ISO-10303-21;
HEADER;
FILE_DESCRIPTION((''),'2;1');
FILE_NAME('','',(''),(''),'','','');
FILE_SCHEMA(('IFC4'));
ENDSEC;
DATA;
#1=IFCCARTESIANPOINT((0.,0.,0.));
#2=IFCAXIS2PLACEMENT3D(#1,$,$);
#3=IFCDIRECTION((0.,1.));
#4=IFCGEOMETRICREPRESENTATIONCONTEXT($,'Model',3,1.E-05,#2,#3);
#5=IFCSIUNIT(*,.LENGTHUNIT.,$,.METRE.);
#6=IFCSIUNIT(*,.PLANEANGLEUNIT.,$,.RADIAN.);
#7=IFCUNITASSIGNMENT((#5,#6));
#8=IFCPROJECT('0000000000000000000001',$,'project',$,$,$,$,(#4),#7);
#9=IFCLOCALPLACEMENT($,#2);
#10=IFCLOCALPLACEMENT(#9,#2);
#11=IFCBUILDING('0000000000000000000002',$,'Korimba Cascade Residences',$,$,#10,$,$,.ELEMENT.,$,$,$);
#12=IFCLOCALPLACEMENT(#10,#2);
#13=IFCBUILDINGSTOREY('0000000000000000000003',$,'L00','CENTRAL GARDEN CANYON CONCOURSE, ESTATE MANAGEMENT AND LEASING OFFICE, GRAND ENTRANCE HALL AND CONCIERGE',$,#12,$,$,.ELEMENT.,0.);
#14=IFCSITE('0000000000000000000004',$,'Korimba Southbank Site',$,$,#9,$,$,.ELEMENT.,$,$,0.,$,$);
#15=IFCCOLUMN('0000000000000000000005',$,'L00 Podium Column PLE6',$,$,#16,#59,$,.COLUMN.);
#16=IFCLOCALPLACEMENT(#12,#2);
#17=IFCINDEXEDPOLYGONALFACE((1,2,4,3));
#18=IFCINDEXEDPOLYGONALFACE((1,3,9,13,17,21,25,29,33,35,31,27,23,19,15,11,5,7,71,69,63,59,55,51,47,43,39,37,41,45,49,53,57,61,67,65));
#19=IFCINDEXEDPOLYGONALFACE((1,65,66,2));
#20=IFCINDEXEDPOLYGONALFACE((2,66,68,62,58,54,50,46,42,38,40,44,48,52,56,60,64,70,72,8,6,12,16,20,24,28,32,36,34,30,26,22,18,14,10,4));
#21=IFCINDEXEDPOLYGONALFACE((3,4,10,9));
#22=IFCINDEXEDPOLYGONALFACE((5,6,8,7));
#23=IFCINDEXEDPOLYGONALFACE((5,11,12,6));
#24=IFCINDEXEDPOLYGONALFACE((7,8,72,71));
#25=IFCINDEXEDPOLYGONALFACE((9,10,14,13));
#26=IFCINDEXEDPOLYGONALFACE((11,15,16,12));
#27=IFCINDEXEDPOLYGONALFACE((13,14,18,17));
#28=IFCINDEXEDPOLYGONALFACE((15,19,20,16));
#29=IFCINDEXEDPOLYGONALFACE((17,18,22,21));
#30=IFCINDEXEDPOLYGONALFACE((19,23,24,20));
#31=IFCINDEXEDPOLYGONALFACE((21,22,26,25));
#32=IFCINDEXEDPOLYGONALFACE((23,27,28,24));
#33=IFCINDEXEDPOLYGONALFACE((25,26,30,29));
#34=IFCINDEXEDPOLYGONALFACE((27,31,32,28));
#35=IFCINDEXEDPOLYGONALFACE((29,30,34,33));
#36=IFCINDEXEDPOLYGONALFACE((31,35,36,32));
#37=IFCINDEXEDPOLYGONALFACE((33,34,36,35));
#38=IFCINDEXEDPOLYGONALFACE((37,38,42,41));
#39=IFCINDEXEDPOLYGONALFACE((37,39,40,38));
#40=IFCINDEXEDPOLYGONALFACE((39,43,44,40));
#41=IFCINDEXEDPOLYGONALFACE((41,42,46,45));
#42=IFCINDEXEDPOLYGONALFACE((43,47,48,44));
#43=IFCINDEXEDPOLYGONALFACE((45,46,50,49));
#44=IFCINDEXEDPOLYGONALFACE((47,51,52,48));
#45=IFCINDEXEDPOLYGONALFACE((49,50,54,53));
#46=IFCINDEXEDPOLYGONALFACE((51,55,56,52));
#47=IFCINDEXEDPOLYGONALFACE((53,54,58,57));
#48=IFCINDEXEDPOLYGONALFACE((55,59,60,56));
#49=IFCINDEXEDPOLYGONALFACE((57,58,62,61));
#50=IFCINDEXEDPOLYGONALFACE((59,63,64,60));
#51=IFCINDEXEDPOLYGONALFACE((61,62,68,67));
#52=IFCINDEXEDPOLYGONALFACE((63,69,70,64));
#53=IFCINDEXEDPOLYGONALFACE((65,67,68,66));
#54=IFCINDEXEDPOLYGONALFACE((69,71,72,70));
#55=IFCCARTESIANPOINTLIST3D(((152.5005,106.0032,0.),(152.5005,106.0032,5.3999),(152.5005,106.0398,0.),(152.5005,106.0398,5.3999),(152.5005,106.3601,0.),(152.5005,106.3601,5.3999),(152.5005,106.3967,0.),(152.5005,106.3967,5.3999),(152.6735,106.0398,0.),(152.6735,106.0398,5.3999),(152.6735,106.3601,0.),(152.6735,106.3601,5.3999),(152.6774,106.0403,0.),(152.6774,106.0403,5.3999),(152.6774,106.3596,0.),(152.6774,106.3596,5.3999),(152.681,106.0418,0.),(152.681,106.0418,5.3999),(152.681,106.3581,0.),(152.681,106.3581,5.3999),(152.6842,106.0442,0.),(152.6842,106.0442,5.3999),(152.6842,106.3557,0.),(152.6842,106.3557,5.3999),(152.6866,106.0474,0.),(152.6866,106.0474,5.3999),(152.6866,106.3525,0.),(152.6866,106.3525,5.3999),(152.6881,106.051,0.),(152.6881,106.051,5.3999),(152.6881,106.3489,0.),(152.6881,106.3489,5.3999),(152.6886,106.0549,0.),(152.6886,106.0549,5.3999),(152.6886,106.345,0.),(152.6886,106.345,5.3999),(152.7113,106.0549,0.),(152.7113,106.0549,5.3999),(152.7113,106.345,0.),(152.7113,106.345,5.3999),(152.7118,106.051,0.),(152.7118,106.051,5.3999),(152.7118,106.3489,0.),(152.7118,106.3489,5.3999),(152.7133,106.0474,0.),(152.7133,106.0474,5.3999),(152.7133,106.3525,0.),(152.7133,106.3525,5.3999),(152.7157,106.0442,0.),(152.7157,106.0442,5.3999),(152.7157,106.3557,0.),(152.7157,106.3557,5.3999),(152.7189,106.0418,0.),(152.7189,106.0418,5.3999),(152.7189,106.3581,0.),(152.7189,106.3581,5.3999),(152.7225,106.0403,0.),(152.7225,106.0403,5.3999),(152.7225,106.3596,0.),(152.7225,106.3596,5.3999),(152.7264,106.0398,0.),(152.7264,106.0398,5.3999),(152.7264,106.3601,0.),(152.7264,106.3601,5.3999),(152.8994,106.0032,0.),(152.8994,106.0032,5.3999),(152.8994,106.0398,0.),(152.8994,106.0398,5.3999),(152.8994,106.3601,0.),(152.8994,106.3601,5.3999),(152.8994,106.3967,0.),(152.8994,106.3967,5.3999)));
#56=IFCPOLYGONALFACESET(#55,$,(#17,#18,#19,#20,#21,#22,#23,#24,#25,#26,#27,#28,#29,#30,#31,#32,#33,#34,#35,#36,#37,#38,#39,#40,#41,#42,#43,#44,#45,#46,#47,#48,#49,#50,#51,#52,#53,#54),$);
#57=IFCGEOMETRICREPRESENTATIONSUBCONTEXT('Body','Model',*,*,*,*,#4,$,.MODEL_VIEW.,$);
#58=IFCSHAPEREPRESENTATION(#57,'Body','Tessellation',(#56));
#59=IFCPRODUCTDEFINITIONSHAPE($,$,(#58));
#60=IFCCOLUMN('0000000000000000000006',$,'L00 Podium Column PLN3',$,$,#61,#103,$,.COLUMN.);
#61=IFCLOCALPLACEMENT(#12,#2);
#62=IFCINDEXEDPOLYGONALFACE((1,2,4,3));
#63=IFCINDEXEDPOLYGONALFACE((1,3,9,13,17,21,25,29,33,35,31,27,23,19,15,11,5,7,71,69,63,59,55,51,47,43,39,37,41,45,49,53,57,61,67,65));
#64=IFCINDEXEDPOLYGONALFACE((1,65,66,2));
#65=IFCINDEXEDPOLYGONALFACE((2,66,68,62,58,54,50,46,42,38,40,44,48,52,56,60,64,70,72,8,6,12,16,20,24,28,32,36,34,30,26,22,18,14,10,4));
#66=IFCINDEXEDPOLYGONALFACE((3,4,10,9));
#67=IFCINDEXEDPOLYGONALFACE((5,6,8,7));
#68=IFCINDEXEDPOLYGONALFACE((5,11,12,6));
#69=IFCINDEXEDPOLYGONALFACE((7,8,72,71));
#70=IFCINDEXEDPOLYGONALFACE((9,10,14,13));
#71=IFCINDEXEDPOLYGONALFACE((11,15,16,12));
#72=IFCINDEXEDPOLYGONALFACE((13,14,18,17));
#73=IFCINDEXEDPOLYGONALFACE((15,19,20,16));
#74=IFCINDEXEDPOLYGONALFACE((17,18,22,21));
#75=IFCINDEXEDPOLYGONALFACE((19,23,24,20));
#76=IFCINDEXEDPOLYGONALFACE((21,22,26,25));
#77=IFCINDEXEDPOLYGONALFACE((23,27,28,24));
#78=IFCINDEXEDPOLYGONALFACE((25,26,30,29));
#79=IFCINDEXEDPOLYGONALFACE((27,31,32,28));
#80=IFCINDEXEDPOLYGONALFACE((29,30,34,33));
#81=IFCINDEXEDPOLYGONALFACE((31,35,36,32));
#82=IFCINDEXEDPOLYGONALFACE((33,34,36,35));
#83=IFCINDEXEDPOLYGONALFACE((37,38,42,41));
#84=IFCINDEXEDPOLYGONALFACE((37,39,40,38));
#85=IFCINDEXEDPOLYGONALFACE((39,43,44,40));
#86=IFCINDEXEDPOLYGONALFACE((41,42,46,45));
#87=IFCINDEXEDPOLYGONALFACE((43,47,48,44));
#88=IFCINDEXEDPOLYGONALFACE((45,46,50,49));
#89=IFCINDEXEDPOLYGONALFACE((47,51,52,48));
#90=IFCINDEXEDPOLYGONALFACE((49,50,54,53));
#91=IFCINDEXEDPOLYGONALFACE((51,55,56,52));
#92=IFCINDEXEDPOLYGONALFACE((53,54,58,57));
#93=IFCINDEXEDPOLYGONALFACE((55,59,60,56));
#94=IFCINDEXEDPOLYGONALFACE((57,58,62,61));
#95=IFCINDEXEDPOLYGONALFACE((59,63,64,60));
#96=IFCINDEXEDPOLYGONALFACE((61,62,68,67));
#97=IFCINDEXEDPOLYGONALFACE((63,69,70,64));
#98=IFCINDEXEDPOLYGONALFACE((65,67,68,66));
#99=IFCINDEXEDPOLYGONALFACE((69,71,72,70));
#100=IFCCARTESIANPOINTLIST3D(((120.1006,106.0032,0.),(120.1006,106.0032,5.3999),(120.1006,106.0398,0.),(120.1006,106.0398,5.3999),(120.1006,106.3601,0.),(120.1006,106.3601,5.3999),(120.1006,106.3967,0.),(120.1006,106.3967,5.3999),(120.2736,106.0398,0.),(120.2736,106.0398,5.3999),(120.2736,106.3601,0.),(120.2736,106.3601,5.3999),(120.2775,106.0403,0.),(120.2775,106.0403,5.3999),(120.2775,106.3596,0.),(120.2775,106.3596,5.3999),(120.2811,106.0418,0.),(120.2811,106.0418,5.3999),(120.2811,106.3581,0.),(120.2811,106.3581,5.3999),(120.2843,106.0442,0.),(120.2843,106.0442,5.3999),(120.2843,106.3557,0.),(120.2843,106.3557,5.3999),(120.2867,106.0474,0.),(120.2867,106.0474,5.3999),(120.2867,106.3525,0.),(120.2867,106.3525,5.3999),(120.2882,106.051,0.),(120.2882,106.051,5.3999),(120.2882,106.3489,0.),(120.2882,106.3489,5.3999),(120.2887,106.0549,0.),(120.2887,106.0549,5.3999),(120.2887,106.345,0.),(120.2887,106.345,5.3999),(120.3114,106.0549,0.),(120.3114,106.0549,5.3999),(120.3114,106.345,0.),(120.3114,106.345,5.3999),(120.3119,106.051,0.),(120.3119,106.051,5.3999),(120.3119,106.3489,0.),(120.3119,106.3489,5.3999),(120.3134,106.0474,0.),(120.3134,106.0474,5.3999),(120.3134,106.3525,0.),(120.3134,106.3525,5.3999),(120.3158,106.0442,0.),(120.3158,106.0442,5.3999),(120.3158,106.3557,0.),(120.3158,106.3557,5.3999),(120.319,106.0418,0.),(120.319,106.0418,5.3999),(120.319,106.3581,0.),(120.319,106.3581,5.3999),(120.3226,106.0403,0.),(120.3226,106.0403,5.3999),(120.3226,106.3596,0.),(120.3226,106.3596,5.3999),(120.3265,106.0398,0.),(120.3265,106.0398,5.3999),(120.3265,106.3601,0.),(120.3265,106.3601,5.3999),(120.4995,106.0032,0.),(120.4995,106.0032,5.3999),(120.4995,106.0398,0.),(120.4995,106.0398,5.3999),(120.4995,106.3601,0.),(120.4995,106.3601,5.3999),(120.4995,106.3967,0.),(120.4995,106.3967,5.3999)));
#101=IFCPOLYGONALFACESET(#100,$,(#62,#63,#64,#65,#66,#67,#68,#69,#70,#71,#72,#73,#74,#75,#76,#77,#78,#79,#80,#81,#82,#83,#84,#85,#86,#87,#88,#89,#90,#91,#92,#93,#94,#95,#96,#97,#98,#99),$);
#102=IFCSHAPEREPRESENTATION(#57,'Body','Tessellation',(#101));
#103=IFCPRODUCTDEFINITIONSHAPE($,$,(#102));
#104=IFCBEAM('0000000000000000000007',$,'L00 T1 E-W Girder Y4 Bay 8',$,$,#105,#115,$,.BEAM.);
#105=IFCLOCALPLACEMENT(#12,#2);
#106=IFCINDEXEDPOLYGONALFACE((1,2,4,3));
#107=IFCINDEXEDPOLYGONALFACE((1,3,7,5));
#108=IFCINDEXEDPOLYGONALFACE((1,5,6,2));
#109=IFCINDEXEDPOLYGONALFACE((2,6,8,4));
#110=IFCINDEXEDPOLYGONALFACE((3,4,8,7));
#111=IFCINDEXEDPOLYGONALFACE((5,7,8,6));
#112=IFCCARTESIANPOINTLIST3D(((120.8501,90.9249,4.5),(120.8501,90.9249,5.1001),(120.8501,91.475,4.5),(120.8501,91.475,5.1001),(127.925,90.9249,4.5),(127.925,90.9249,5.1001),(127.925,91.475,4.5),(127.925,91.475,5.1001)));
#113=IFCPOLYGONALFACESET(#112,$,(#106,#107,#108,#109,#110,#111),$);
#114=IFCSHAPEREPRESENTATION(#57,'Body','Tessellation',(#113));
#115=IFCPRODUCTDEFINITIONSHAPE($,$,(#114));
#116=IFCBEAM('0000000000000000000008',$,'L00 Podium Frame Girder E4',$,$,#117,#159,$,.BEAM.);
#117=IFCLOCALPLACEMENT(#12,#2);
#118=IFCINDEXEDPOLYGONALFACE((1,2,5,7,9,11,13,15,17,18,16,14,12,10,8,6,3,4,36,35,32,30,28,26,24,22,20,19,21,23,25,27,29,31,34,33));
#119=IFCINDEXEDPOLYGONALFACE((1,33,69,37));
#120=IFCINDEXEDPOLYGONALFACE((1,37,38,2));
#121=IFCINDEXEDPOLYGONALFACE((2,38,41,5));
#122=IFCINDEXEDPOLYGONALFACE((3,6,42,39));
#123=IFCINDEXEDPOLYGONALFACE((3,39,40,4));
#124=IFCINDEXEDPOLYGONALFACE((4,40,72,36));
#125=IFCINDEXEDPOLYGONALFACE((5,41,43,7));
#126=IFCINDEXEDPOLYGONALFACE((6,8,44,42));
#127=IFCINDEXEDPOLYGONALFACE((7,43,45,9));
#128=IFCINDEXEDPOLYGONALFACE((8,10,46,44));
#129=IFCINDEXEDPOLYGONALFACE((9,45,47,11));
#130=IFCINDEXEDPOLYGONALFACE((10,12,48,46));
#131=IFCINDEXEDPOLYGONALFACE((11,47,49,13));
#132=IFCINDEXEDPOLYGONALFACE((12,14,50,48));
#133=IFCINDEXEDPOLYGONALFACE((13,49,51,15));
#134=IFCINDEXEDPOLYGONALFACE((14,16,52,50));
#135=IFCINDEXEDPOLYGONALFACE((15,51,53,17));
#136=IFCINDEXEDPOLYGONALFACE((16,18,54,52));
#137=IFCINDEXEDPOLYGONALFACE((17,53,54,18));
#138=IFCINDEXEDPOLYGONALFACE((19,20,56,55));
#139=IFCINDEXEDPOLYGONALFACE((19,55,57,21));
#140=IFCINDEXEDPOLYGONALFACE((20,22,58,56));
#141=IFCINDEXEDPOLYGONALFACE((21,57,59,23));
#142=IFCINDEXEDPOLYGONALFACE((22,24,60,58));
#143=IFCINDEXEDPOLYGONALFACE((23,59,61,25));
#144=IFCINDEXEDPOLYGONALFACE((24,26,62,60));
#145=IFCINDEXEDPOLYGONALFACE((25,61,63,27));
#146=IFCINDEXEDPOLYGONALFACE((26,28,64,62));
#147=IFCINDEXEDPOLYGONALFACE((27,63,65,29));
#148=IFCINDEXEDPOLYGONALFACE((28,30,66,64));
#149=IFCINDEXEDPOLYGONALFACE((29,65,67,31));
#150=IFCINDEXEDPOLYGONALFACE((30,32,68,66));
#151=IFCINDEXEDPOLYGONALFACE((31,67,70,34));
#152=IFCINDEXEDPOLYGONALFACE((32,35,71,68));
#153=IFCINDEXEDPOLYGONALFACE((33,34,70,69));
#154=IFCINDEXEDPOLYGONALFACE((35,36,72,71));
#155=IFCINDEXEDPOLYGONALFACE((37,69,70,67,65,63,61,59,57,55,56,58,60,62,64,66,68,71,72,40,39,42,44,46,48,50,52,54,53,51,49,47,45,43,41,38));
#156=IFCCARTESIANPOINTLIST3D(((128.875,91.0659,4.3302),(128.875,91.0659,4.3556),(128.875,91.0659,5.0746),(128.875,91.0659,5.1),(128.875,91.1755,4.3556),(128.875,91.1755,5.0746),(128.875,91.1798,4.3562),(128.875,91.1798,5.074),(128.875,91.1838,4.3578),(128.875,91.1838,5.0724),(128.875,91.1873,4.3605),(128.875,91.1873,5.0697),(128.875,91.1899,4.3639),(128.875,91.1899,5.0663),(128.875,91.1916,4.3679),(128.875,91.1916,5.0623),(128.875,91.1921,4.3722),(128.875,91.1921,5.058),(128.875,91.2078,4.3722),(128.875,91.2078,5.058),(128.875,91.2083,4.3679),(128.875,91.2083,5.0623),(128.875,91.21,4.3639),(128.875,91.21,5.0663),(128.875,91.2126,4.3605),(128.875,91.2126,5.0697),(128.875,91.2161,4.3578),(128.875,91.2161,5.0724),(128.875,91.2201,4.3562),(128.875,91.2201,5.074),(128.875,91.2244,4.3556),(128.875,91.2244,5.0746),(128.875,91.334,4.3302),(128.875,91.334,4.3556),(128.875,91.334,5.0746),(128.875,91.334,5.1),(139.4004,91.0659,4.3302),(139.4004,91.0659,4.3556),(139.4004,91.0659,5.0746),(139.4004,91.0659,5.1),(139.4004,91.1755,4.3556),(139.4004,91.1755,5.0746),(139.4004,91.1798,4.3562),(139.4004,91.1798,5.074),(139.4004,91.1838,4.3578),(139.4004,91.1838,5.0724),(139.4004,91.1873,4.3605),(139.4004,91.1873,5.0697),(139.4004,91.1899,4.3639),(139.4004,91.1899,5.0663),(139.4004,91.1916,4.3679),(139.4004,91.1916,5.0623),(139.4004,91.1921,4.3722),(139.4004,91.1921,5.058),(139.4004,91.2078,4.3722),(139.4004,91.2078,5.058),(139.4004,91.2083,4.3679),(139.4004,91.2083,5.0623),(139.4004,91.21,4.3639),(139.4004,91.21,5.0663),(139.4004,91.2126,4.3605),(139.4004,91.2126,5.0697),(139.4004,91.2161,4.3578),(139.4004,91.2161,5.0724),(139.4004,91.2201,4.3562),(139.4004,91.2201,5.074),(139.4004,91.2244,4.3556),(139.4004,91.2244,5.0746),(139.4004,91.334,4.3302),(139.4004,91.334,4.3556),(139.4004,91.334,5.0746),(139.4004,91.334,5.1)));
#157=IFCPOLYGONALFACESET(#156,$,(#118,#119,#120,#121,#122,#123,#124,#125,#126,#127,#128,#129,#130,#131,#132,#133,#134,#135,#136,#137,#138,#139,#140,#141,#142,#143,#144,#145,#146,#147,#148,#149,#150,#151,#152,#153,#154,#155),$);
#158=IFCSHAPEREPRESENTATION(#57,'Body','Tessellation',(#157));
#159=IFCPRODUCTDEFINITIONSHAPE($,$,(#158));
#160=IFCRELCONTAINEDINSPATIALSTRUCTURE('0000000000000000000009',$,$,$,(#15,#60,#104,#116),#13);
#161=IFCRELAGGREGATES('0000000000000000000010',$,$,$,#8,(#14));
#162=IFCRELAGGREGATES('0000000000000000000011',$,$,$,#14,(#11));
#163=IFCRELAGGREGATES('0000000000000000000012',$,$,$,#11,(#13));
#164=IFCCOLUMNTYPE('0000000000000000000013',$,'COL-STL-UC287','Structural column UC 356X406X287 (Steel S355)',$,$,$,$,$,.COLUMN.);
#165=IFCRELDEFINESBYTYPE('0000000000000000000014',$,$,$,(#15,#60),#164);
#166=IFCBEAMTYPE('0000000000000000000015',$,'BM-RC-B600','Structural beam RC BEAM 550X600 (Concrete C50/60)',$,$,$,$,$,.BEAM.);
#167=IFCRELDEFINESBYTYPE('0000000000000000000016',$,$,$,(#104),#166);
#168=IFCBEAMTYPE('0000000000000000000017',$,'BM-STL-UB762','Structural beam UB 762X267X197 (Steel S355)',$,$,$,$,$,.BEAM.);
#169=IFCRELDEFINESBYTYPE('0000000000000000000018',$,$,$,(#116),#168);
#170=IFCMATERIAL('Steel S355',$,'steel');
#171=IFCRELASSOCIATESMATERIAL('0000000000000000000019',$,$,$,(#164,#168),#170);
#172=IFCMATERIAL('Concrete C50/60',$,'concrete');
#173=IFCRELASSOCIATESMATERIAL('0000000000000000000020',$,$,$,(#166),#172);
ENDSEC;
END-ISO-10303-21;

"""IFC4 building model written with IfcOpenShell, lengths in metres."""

from ifc_helpers import new_model, si_unit, direction, frame, origin, origin_2d, place, context, subcontext, project, spatial, rectangle, i_section, extrude, material, material_profile, profile_set, type_object, element, save


model = new_model("IFC4")

# Units and contexts
model_context = context("Model", 3, precision=1e-05, world=origin(), true_north=direction((0.0, 1.0)))
body_context = subcontext(model_context, "Body", "Model", "MODEL_VIEW")
ifc_project = project(units=[si_unit("LENGTHUNIT", "METRE"), si_unit("PLANEANGLEUNIT", "RADIAN")], contexts=[model_context])

# Site, building, storey
site_placement = place(None, origin())
site = spatial("IfcSite", under=ifc_project, at=site_placement, Name="Korimba Southbank Site", CompositionType="ELEMENT", RefElevation=0.0)
building_placement = place(site_placement, origin())
building = spatial("IfcBuilding", under=site, at=building_placement, Name="Korimba Cascade Residences", CompositionType="ELEMENT")
storey_placement = place(building_placement, origin())
storey = spatial("IfcBuildingStorey", under=building, at=storey_placement, Name="L00", Description="CENTRAL GARDEN CANYON CONCOURSE, ESTATE MANAGEMENT AND LEASING OFFICE, GRAND ENTRANCE HALL AND CONCIERGE", CompositionType="ELEMENT", Elevation=0.0)

# Columns
ifc_material_1 = material(Name="Steel S355", Category="steel")
ifc_material_profile_1 = material_profile(ifc_material_1, i_section(OverallWidth=0.3989, OverallDepth=0.3936, WebThickness=0.0227, FlangeThickness=0.0366, FilletRadius=0.0151, at=origin_2d()), Name="Steel S355")
ifc_profile_set_1 = profile_set([ifc_material_profile_1], Name="Steel S355")
column_type_1 = type_object("IfcColumnType", Name="COL-STL-UC287", Description="Structural column UC 356X406X287 (Steel S355)", PredefinedType="COLUMN", material=ifc_profile_set_1)
for number, where, z_axis, x_axis, name in (
    (1, (152.7, 106.2, 0.0), (0.0, 0.0, 1.0), (1.0, 0.0, 0.0), "L00 Podium Column PLE6"),
    (2, (120.3, 106.2, 0.0), (0.0, 0.0, 1.0), (1.0, 0.0, 0.0), "L00 Podium Column PLN3"),
):
    element("IfcColumn", number, at=place(storey_placement, frame(where, z_axis=z_axis, x_axis=x_axis)), inside=storey, type_object=column_type_1, Name=name, PredefinedType="COLUMN", context=body_context, shape_type="SweptSolid", body=[
        extrude(i_section(OverallWidth=0.3989, OverallDepth=0.3936, WebThickness=0.0227, FlangeThickness=0.0366, FilletRadius=0.0151, at=origin_2d()), origin(), (0.0, 0.0, 1.0), 5.3999),
    ])

# Beams
ifc_material_2 = material(Name="Concrete C50/60", Category="concrete")
ifc_material_profile_2 = material_profile(ifc_material_2, rectangle(XDim=0.55, YDim=0.6001, at=origin_2d()), Name="Concrete C50/60")
ifc_profile_set_2 = profile_set([ifc_material_profile_2], Name="Concrete C50/60")
beam_type_1 = type_object("IfcBeamType", Name="BM-RC-B600", Description="Structural beam RC BEAM 550X600 (Concrete C50/60)", PredefinedType="BEAM", material=ifc_profile_set_2)
beam_1_placement = place(storey_placement, frame((120.8501, 91.2, 4.8), z_axis=(1.0, 0.0, 0.0), x_axis=(0.0, 1.0, 0.0)))
element("IfcBeam", 3, at=beam_1_placement, inside=storey, type_object=beam_type_1, Name="L00 T1 E-W Girder Y4 Bay 8", PredefinedType="BEAM", context=body_context, shape_type="SweptSolid", body=[
    extrude(rectangle(XDim=0.55, YDim=0.6001, at=origin_2d()), origin(), (0.0, 0.0, 1.0), 7.075),
])
ifc_material_profile_3 = material_profile(ifc_material_1, i_section(OverallWidth=0.2681, OverallDepth=0.7698, WebThickness=0.0156, FlangeThickness=0.0254, FilletRadius=0.0166, at=origin_2d()), Name="Steel S355")
ifc_profile_set_3 = profile_set([ifc_material_profile_3], Name="Steel S355")
beam_type_2 = type_object("IfcBeamType", Name="BM-STL-UB762", Description="Structural beam UB 762X267X197 (Steel S355)", PredefinedType="BEAM", material=ifc_profile_set_3)
beam_2_placement = place(storey_placement, frame((128.875, 91.2, 4.7151), z_axis=(1.0, 0.0, 0.0), x_axis=(0.0, 1.0, 0.0)))
element("IfcBeam", 4, at=beam_2_placement, inside=storey, type_object=beam_type_2, Name="L00 Podium Frame Girder E4", PredefinedType="BEAM", context=body_context, shape_type="SweptSolid", body=[
    extrude(i_section(OverallWidth=0.2681, OverallDepth=0.7698, WebThickness=0.0156, FlangeThickness=0.0254, FilletRadius=0.0166, at=origin_2d()), origin(), (0.0, 0.0, 1.0), 10.5254),
])

save(model, "model.ifc")
